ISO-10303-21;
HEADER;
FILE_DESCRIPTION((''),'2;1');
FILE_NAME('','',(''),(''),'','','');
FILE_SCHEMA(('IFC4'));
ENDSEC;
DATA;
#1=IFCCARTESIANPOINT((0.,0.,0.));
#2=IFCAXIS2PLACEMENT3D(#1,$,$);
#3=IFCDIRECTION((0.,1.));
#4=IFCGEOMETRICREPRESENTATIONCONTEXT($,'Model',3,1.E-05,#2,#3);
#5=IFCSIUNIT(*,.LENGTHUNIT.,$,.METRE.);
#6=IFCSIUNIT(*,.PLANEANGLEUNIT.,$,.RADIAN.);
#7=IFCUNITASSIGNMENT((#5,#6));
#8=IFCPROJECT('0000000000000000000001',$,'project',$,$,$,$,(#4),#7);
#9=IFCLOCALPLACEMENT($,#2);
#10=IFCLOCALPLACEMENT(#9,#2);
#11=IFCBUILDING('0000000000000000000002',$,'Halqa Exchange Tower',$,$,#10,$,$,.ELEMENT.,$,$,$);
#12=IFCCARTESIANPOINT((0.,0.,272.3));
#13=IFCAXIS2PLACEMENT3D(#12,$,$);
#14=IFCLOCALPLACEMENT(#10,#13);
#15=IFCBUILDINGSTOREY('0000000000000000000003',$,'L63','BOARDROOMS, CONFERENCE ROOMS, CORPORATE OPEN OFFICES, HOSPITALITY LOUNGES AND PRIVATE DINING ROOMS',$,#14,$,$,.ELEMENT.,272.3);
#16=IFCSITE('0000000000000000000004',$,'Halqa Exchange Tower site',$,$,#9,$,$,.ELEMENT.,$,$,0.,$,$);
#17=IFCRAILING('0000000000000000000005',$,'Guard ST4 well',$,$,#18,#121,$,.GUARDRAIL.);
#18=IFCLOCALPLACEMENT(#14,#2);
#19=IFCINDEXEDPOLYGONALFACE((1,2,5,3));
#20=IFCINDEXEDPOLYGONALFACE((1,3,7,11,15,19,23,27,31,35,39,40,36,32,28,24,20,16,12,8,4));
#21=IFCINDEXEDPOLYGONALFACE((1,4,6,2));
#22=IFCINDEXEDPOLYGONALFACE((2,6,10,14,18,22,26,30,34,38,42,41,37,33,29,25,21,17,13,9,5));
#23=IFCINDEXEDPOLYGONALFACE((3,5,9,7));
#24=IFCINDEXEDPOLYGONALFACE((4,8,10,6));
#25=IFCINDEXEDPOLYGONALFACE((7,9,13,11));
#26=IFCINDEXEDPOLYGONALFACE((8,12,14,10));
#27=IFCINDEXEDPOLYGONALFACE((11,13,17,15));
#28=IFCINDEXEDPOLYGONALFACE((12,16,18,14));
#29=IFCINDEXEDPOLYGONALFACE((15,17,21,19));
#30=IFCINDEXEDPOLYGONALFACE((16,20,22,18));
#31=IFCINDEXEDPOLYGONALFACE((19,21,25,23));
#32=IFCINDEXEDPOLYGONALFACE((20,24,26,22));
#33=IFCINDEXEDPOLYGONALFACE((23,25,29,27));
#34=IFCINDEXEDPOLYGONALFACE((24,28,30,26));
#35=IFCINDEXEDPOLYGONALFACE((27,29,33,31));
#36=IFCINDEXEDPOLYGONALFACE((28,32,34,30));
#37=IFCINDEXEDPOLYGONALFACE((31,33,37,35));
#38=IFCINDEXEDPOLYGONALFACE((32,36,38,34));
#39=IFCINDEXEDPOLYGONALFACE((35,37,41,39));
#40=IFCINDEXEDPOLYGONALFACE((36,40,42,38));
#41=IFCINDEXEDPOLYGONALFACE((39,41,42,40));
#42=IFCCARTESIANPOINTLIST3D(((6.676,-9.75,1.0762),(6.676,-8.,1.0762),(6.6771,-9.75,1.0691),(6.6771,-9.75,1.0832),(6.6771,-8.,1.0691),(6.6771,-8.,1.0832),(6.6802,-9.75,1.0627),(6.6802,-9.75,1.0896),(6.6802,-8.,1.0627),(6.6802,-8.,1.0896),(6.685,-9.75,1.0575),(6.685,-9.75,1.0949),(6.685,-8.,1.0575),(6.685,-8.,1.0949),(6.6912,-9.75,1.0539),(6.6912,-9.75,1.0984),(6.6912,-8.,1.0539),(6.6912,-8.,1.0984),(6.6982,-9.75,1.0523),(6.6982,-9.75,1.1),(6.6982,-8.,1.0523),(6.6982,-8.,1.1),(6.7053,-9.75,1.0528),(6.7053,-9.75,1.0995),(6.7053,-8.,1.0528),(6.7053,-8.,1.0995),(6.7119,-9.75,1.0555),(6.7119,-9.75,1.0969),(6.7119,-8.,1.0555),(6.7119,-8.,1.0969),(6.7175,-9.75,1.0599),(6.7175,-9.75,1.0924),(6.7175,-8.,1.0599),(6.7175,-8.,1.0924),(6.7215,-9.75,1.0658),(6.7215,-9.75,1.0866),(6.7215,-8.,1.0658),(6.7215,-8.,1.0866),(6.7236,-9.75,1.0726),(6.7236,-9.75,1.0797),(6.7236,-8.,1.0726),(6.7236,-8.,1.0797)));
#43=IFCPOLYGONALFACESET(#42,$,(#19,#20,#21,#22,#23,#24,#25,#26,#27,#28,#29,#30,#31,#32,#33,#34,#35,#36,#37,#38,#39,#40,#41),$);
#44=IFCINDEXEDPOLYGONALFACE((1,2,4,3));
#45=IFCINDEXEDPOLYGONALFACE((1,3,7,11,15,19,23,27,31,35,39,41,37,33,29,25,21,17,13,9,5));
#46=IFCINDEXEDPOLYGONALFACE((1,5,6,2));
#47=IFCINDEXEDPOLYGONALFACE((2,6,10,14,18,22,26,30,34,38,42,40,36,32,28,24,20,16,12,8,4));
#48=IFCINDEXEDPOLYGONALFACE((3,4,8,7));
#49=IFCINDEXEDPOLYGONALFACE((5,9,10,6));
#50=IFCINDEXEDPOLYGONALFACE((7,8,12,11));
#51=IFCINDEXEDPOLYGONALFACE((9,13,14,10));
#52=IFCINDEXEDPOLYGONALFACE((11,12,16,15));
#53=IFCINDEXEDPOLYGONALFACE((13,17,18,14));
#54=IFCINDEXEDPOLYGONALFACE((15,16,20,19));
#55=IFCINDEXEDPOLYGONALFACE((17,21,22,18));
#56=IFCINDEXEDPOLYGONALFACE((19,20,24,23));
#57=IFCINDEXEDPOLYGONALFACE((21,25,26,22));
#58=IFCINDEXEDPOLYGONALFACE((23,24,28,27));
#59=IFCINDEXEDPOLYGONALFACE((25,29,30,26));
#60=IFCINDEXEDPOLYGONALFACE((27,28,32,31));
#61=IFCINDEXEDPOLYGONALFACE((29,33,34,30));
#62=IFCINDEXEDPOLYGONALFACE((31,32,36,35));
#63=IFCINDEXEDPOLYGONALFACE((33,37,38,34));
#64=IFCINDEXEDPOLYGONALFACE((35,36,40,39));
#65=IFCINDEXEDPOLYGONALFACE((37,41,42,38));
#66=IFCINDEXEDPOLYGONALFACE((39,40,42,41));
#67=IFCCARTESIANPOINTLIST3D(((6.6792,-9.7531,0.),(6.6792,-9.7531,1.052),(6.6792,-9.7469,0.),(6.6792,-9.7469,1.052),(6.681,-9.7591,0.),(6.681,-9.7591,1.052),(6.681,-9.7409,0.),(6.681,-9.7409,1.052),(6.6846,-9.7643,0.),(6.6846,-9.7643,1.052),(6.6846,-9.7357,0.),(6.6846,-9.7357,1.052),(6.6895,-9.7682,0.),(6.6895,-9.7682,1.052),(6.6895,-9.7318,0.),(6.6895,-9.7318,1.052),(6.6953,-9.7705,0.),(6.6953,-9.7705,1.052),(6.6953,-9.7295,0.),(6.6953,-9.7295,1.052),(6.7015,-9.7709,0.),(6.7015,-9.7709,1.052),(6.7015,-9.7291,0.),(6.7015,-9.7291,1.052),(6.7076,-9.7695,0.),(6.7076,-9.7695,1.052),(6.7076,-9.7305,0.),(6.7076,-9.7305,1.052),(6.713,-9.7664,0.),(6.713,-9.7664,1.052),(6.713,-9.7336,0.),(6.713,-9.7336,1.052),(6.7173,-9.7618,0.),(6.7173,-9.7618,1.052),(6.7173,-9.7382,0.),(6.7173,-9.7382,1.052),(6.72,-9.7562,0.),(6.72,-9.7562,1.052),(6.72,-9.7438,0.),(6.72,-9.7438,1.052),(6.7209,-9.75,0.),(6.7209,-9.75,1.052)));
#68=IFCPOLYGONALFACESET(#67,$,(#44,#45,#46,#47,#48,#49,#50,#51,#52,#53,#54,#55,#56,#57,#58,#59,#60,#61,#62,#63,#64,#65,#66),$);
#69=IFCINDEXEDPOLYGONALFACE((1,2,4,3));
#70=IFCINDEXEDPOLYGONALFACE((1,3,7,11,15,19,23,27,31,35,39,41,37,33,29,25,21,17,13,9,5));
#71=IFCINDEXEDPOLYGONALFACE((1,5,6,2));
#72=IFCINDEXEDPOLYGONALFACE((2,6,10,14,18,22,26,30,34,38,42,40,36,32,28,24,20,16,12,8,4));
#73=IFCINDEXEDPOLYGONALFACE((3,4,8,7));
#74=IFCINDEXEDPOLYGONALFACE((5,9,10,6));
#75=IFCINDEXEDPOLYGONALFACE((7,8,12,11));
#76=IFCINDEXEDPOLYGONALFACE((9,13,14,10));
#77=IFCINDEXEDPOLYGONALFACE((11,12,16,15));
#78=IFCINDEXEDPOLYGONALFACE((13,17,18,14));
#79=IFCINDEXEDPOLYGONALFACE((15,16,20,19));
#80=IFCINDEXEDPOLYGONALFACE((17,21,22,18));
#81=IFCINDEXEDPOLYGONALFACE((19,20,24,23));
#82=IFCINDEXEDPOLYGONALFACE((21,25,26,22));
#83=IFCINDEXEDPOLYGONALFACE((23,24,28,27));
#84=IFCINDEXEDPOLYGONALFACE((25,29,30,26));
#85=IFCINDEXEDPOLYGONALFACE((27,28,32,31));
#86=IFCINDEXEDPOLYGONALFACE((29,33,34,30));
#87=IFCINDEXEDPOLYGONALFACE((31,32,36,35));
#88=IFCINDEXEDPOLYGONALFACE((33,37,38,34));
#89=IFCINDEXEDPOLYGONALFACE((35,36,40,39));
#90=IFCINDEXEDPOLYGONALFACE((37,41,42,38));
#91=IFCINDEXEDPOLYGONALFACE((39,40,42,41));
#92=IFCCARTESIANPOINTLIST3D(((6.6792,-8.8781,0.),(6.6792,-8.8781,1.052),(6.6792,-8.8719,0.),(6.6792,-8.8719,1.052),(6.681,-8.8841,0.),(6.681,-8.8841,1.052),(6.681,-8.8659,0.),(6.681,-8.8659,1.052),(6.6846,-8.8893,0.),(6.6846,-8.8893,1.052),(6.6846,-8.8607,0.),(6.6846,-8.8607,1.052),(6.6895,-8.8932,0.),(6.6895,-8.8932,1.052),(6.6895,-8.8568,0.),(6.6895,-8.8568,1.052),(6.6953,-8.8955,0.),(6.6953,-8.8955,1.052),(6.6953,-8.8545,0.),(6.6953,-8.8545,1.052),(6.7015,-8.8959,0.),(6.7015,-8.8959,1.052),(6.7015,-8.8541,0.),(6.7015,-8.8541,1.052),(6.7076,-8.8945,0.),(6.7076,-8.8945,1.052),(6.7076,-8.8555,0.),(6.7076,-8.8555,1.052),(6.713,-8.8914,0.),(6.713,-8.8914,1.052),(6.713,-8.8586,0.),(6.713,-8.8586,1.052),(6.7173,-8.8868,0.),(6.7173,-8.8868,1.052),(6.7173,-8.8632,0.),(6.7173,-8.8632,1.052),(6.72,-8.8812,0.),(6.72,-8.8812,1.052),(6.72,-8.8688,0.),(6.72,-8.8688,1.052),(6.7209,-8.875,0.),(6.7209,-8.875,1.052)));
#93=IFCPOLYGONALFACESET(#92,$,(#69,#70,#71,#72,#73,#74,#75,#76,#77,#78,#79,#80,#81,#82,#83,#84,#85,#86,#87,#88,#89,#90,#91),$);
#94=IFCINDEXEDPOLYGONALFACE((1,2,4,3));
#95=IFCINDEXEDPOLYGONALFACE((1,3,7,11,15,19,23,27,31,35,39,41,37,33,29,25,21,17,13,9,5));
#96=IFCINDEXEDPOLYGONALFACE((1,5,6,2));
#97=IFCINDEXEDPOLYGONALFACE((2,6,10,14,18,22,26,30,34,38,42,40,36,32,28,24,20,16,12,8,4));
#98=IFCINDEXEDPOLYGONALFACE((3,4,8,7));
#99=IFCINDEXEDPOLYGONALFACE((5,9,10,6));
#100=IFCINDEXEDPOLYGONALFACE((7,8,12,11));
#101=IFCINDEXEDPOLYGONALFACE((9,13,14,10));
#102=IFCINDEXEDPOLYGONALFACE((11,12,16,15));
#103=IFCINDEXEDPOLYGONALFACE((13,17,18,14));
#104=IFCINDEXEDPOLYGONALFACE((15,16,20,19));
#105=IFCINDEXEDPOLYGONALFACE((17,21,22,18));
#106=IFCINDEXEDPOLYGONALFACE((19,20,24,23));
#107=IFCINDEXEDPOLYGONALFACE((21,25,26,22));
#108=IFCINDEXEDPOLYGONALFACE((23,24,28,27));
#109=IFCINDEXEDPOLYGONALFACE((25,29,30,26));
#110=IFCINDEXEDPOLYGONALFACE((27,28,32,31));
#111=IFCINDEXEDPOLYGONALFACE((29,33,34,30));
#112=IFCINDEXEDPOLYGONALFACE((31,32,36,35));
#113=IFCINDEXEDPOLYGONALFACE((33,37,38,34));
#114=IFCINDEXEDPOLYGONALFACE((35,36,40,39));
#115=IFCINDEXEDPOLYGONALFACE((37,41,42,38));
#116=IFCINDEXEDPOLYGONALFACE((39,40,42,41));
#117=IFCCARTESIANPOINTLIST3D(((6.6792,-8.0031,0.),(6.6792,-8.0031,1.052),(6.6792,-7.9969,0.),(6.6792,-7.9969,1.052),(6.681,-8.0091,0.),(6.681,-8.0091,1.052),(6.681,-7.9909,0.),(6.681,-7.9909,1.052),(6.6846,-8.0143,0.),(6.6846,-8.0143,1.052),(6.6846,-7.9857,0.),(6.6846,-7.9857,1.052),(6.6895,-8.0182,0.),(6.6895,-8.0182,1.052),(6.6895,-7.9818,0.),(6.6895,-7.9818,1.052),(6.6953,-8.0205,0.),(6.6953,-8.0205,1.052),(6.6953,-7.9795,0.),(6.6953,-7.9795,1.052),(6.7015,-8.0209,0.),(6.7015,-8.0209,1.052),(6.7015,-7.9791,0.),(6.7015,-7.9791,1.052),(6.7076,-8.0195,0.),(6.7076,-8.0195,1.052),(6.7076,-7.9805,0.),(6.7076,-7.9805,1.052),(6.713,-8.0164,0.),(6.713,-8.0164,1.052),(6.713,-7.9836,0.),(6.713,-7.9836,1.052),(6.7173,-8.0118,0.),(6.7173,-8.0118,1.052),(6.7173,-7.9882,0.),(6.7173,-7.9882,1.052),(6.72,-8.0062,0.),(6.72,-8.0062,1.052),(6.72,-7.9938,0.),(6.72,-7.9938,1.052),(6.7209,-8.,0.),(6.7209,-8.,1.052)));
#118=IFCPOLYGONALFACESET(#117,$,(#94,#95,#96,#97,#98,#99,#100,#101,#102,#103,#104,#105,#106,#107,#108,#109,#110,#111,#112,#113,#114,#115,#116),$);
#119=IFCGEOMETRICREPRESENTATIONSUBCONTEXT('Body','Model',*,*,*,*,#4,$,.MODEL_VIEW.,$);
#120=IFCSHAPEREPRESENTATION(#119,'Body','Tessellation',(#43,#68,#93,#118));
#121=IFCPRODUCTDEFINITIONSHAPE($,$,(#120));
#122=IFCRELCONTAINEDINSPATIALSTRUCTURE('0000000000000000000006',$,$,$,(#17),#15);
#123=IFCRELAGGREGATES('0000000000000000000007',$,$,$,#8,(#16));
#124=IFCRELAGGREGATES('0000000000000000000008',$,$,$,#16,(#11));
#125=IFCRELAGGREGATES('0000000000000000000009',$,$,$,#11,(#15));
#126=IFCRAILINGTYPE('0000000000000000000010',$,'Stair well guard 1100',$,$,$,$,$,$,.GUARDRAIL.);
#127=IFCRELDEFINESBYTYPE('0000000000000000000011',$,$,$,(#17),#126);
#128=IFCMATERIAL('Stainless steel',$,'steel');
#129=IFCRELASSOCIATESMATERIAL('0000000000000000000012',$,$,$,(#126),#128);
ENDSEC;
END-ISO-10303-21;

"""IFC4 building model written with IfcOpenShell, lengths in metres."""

from ifc_helpers import new_model, si_unit, direction, frame, origin, origin_2d, place, context, subcontext, project, spatial, circle, extrude, material, type_object, element, save


model = new_model("IFC4")

# Units and contexts
model_context = context("Model", 3, precision=1e-05, world=origin(), true_north=direction((0.0, 1.0)))
body_context = subcontext(model_context, "Body", "Model", "MODEL_VIEW")
ifc_project = project(units=[si_unit("LENGTHUNIT", "METRE"), si_unit("PLANEANGLEUNIT", "RADIAN")], contexts=[model_context])

# Site, building, storey
site_placement = place(None, origin())
site = spatial("IfcSite", under=ifc_project, at=site_placement, Name="Halqa Exchange Tower site", CompositionType="ELEMENT", RefElevation=0.0)
building_placement = place(site_placement, origin())
building = spatial("IfcBuilding", under=site, at=building_placement, Name="Halqa Exchange Tower", CompositionType="ELEMENT")
storey_placement = place(building_placement, frame((0.0, 0.0, 272.3)))
storey = spatial("IfcBuildingStorey", under=building, at=storey_placement, Name="L63", Description="BOARDROOMS, CONFERENCE ROOMS, CORPORATE OPEN OFFICES, HOSPITALITY LOUNGES AND PRIVATE DINING ROOMS", CompositionType="ELEMENT", Elevation=272.3)

# Railing
ifc_material_1 = material(Name="Stainless steel", Category="steel")
railing_type_1 = type_object("IfcRailingType", Name="Stair well guard 1100", PredefinedType="GUARDRAIL", material=ifc_material_1)
railing_1_placement = place(storey_placement, frame((6.7, -9.75, 0.0)))
element("IfcRailing", 1, at=railing_1_placement, inside=storey, type_object=railing_type_1, Name="Guard ST4 well", PredefinedType="GUARDRAIL", context=body_context, shape_type="SweptSolid", body=[
    extrude(circle(Radius=0.0239, at=origin_2d()), frame((0.0, 0.0, 1.0762), z_axis=(0.0, 1.0, 0.0), x_axis=(-1.0, 0.0, 0.0)), (0.0, 0.0, 1.0), 1.75),
    extrude(circle(Radius=0.021, at=origin_2d()), origin(), (0.0, 0.0, 1.0), 1.052),
    extrude(circle(Radius=0.021, at=origin_2d()), frame((0.0, 0.875, 0.0)), (0.0, 0.0, 1.0), 1.052),
    extrude(circle(Radius=0.021, at=origin_2d()), frame((0.0, 1.75, 0.0)), (0.0, 0.0, 1.0), 1.052),
])

save(model, "model.ifc")
